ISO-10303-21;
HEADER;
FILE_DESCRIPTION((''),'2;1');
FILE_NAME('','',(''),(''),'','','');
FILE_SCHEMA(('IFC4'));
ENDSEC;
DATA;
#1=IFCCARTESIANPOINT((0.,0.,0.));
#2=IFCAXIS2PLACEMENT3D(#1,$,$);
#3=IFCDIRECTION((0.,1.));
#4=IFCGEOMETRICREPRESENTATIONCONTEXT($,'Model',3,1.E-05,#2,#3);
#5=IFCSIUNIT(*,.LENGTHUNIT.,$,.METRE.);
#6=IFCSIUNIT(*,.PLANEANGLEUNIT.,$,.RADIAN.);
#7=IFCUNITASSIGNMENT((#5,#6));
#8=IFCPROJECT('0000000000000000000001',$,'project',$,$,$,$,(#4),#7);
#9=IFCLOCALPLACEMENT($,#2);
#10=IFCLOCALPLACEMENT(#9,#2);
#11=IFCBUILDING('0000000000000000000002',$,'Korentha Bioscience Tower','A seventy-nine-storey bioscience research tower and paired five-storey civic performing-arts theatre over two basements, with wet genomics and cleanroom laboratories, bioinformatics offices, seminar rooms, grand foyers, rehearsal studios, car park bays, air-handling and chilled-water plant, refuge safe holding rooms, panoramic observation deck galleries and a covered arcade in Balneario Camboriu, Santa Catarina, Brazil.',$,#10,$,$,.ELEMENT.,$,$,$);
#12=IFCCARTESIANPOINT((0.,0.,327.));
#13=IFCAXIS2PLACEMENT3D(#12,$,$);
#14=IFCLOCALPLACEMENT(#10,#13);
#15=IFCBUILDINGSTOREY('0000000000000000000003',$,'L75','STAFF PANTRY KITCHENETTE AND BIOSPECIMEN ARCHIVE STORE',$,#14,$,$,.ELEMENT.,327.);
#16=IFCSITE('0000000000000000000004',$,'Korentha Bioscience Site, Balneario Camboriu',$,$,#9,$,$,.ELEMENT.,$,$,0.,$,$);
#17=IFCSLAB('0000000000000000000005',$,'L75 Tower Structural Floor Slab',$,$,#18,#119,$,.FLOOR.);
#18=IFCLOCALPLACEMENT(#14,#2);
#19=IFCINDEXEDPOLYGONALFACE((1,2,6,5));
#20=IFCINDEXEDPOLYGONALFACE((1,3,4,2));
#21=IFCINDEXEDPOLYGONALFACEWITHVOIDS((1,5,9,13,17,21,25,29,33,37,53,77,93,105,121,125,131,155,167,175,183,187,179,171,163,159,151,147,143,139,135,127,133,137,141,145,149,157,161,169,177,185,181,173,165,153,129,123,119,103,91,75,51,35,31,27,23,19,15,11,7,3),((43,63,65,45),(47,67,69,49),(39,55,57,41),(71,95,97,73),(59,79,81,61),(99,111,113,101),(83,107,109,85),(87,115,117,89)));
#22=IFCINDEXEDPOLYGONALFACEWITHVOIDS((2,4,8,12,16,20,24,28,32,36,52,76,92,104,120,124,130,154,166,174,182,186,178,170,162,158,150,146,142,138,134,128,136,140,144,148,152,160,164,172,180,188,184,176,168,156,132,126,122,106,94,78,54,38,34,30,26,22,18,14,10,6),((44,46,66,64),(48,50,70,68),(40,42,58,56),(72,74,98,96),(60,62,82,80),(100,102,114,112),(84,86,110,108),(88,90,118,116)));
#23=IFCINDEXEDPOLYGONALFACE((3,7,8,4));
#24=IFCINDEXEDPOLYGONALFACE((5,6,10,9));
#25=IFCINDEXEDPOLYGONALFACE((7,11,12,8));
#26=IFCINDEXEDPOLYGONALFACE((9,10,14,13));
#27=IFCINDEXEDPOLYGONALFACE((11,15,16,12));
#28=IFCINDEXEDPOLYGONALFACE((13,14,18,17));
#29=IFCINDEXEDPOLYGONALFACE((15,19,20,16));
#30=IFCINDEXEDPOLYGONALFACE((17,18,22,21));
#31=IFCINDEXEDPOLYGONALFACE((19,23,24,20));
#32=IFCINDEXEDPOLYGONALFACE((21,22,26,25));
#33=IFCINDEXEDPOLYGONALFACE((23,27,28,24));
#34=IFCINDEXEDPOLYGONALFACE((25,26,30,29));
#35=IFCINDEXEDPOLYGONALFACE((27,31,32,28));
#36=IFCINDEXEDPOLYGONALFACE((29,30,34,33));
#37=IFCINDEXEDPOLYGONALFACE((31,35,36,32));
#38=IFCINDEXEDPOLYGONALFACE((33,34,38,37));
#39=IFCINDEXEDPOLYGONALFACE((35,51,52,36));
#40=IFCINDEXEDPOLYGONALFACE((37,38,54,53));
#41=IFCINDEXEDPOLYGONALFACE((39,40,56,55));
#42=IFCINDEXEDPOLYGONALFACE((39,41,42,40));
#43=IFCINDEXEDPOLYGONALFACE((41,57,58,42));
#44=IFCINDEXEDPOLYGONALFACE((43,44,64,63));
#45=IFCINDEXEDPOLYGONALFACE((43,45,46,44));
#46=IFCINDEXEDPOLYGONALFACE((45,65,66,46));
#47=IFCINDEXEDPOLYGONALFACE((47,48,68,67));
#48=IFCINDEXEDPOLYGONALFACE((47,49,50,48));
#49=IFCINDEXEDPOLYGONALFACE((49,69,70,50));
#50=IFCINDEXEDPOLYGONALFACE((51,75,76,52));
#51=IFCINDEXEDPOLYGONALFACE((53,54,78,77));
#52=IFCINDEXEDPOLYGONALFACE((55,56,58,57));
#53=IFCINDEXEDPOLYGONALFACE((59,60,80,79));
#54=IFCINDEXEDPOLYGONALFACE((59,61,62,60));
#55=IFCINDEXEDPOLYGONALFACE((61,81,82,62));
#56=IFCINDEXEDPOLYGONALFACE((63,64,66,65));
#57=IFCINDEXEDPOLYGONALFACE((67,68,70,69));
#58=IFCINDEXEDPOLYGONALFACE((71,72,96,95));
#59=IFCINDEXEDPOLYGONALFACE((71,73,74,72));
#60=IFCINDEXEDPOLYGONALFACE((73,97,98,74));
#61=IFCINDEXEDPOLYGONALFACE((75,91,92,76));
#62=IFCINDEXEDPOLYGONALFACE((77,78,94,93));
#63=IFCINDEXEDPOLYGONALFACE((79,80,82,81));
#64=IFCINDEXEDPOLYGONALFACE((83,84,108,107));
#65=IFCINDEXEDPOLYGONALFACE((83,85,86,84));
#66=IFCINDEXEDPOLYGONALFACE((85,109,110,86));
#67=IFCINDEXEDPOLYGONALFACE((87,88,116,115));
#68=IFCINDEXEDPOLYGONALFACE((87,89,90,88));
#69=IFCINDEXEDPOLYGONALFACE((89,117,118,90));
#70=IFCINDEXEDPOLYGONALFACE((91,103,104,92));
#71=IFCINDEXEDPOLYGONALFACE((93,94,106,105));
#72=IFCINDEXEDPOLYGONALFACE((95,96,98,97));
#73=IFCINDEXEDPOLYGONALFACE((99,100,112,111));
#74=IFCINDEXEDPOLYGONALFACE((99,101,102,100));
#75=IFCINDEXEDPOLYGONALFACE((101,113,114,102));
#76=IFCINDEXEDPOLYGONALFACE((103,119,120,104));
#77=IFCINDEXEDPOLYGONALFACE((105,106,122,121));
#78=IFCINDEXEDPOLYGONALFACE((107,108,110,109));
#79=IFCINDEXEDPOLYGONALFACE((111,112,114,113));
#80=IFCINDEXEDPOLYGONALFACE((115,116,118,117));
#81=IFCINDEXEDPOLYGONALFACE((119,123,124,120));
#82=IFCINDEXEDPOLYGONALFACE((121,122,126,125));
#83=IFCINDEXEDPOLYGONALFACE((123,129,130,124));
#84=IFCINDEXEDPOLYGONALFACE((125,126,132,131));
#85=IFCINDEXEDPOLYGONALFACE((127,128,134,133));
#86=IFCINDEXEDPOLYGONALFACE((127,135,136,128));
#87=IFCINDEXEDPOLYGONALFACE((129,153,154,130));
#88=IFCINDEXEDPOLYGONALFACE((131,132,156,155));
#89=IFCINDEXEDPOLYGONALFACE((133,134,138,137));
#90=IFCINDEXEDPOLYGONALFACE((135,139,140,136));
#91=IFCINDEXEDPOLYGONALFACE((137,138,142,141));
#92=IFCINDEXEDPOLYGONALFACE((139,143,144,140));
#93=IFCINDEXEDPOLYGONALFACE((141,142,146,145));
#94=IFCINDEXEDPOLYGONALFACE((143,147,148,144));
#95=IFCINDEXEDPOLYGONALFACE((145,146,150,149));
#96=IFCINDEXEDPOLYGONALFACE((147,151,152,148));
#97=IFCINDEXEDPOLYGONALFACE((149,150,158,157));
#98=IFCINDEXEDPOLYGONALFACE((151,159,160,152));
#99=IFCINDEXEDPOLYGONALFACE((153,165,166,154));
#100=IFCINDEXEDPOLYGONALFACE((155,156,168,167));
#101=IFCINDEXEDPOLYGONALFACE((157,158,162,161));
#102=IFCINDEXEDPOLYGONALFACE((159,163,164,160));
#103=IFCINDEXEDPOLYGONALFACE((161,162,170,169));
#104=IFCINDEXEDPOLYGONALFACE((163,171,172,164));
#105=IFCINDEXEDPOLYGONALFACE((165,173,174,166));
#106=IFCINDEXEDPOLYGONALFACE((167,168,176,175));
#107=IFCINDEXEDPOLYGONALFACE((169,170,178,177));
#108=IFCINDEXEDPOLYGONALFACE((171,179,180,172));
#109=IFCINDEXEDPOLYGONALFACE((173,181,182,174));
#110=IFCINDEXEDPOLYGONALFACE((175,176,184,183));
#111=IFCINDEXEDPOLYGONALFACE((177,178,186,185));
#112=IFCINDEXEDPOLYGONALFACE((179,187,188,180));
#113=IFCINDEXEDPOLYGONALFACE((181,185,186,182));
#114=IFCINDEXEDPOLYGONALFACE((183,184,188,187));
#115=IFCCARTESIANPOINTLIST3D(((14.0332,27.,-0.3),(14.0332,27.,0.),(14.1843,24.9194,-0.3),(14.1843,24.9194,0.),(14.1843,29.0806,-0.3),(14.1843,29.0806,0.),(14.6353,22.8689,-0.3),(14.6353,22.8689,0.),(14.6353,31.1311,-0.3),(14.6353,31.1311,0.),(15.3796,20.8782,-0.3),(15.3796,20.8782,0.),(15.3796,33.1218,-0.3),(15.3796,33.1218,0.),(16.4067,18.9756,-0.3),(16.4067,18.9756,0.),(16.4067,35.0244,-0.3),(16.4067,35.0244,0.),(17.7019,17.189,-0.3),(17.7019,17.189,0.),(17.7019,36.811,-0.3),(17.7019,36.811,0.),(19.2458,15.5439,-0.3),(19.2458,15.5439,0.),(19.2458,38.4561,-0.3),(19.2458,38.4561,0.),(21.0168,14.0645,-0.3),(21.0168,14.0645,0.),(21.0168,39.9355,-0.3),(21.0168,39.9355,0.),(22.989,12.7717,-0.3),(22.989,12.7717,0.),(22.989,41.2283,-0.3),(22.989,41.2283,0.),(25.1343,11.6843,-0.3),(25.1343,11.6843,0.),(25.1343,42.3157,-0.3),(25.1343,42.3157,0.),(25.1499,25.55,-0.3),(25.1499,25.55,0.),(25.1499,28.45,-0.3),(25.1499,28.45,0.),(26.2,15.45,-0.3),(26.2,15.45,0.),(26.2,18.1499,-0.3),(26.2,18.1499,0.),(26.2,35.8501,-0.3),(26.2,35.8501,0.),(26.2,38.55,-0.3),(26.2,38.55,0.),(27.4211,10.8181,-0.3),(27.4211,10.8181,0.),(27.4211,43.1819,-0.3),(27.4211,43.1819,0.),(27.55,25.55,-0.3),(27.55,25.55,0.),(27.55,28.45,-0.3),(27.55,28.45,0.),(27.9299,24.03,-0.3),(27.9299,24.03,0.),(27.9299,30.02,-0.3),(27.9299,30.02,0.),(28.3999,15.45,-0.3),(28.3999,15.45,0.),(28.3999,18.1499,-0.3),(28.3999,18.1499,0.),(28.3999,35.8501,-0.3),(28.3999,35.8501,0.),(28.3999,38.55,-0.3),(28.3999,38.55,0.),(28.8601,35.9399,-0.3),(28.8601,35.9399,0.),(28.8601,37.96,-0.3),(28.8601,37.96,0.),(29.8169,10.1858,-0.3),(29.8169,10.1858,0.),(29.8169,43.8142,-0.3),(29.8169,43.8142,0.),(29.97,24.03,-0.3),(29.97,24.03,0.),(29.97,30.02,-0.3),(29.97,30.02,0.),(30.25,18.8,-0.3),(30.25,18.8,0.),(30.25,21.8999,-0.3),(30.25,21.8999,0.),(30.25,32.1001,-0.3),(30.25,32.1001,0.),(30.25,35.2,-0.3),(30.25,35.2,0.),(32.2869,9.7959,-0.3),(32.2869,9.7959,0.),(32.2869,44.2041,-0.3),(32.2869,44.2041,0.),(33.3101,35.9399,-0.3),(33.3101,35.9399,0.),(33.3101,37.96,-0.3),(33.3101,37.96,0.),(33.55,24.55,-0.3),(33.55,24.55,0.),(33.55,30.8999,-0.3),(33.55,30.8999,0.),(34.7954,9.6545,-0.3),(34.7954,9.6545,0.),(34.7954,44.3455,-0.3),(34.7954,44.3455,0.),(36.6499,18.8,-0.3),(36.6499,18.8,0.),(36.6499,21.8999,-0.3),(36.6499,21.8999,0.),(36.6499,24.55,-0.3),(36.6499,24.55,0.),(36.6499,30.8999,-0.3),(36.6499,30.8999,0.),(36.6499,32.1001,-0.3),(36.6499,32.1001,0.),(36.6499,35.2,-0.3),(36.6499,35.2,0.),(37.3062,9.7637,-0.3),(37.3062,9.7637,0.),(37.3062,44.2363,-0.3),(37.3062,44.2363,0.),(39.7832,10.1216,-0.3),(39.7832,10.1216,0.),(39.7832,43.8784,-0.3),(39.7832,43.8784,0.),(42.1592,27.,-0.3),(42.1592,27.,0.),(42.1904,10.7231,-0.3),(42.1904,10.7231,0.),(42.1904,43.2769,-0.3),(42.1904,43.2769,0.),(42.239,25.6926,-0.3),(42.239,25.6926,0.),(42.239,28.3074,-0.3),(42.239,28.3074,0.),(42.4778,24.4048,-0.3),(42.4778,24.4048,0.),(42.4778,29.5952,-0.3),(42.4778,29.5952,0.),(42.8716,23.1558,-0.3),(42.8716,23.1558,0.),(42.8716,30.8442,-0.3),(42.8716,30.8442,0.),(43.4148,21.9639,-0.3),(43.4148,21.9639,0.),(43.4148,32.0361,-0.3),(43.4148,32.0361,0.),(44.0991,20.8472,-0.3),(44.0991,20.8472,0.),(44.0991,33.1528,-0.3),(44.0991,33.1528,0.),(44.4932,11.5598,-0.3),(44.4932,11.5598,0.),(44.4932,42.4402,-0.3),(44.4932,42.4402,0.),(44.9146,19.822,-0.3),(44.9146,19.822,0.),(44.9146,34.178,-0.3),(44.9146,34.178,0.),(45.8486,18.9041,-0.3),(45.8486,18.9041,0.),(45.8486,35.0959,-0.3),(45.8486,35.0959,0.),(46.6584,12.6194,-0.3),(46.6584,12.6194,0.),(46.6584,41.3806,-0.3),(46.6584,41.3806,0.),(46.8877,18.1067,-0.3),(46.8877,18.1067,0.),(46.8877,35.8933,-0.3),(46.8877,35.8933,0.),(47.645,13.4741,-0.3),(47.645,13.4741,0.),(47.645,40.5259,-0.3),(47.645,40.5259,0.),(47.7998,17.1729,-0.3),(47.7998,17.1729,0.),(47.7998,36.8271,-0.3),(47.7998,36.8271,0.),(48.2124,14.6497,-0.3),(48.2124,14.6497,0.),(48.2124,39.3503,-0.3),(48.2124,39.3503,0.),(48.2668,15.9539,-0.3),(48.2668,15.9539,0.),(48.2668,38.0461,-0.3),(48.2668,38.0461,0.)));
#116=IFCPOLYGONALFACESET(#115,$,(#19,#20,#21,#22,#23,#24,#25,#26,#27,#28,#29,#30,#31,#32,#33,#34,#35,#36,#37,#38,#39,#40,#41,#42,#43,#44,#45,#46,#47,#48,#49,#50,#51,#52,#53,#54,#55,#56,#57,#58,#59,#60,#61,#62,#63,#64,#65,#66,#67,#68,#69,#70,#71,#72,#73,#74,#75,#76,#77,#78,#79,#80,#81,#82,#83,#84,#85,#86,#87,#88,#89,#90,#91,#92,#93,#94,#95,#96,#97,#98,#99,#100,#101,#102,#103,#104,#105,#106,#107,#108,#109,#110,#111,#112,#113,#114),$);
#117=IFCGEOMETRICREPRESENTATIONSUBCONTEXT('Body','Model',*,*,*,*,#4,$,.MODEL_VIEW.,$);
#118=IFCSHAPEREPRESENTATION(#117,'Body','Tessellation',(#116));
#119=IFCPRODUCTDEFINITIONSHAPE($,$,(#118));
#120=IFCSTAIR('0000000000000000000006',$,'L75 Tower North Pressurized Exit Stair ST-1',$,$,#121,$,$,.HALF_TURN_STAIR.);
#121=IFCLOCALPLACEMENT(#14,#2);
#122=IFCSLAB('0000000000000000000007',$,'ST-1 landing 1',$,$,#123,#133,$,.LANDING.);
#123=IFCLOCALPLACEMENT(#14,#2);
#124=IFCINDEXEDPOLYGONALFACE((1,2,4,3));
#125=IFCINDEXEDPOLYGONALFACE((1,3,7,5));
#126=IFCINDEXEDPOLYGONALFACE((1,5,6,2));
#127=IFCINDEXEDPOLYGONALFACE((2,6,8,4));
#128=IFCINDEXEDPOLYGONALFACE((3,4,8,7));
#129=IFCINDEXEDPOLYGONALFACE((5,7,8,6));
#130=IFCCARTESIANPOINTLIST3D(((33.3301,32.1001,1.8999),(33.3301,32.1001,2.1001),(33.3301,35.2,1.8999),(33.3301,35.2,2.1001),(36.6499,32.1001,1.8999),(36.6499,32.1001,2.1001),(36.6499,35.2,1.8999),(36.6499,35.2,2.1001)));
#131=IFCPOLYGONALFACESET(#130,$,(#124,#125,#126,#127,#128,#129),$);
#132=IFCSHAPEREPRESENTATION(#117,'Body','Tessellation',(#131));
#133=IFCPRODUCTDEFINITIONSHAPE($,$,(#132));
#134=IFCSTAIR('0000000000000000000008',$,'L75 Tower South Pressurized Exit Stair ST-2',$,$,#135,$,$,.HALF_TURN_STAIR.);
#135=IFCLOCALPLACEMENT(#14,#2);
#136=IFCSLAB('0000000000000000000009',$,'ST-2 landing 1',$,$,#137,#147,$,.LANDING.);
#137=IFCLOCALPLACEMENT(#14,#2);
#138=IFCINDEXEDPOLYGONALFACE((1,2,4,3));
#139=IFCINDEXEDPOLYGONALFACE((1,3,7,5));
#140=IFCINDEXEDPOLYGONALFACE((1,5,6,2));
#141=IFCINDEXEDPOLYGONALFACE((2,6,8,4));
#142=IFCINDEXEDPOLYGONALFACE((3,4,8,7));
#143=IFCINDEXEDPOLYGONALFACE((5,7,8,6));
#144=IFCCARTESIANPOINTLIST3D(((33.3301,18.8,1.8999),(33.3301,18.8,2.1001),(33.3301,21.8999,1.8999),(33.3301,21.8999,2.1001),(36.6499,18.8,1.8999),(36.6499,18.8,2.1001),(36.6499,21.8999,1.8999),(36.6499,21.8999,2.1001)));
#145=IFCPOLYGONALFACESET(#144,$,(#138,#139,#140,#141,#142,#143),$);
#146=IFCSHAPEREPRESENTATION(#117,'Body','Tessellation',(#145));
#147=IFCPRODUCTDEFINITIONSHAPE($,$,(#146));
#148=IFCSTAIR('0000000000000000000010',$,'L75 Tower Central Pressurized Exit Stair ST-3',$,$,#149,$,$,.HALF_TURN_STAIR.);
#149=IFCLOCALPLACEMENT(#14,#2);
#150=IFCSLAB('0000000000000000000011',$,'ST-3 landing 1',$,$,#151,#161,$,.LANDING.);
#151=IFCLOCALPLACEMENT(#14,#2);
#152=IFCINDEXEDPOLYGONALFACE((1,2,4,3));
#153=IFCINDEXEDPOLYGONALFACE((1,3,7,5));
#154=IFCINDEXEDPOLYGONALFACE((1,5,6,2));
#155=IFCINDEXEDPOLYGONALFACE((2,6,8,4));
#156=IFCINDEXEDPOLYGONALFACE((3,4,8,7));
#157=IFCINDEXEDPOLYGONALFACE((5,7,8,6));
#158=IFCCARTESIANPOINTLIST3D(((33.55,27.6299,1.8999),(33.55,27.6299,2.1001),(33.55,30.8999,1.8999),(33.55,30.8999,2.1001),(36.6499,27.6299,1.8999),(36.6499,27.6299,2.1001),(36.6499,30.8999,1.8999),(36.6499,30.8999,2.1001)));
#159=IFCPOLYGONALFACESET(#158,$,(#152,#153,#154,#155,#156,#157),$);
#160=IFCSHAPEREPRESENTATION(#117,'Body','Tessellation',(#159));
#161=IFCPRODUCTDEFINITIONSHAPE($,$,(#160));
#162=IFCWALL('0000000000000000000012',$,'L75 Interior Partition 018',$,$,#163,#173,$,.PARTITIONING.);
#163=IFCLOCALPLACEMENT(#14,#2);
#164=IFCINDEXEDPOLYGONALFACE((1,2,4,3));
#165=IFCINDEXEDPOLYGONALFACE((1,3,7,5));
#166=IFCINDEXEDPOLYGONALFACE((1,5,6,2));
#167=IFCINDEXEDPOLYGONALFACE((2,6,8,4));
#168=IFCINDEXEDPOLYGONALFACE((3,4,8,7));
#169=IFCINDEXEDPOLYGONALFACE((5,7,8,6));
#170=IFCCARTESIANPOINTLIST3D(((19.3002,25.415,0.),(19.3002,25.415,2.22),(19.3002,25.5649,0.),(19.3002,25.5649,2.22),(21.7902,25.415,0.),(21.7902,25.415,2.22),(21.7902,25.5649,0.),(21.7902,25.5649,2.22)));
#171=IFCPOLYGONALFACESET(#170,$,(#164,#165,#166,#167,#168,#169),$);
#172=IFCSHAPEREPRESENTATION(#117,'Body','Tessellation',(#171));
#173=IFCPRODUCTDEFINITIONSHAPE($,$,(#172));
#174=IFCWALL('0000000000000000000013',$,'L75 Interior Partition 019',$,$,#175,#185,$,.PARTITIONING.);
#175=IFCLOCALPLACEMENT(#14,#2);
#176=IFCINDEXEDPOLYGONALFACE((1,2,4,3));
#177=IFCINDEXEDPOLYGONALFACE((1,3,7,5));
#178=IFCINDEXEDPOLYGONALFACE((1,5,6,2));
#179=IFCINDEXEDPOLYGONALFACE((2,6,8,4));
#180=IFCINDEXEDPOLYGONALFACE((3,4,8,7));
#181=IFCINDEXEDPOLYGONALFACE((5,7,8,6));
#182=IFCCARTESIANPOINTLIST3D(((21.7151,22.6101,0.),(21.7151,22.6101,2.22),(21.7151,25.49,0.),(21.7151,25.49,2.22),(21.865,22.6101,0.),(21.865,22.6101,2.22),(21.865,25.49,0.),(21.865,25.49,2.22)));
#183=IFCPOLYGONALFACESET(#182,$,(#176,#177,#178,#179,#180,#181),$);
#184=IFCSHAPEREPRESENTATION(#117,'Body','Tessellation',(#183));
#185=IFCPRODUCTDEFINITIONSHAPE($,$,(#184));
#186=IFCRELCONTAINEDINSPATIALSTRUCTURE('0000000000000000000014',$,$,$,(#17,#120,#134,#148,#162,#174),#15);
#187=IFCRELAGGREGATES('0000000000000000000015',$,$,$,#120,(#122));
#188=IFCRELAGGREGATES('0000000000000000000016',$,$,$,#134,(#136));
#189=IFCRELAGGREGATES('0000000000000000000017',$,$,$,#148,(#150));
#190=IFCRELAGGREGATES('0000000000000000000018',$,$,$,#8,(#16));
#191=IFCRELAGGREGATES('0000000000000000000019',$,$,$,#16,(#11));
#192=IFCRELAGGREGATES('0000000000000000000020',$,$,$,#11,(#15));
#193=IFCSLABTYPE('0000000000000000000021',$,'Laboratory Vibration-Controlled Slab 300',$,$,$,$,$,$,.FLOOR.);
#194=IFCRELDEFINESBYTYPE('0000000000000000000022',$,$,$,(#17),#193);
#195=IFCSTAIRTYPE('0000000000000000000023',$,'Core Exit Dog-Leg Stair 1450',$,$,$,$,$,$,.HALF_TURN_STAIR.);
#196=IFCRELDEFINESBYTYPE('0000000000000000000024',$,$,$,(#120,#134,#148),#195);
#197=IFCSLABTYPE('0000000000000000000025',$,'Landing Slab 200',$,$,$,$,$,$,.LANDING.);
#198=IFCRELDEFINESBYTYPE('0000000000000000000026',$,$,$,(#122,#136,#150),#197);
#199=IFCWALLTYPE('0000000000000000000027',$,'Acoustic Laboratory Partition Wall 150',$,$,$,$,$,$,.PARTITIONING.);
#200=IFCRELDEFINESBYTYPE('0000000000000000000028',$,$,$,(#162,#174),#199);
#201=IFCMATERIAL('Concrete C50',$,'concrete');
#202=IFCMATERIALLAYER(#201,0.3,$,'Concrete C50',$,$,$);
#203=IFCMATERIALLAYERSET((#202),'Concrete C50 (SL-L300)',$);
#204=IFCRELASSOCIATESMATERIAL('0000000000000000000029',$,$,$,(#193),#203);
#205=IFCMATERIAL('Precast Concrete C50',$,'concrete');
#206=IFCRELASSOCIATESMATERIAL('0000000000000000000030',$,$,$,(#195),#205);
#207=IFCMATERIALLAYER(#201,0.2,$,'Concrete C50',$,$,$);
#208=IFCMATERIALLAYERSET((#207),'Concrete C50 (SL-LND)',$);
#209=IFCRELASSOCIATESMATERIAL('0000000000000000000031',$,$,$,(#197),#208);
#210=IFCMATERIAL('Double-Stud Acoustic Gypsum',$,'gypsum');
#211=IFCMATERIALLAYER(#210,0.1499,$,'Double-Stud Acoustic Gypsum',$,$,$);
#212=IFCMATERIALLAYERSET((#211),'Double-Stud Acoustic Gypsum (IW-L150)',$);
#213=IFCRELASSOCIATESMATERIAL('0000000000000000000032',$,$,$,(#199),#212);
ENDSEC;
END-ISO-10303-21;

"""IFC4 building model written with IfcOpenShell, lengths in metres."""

from ifc_helpers import new_model, si_unit, direction, frame, frame_2d, origin, place, context, subcontext, project, spatial, polyline, rectangle, outline, extrude, material, layer, layer_set, type_object, element, aggregate, save


model = new_model("IFC4")

# Units and contexts
model_context = context("Model", 3, precision=1e-05, world=origin(), true_north=direction((0.0, 1.0)))
body_context = subcontext(model_context, "Body", "Model", "MODEL_VIEW")
ifc_project = project(units=[si_unit("LENGTHUNIT", "METRE"), si_unit("PLANEANGLEUNIT", "RADIAN")], contexts=[model_context])

# Site, building, storey
site_placement = place(None, origin())
site = spatial("IfcSite", under=ifc_project, at=site_placement, Name="Korentha Bioscience Site, Balneario Camboriu", CompositionType="ELEMENT", RefElevation=0.0)
building_placement = place(site_placement, origin())
building = spatial("IfcBuilding", under=site, at=building_placement, Name="Korentha Bioscience Tower", Description="A seventy-nine-storey bioscience research tower and paired five-storey civic performing-arts theatre over two basements, with wet genomics and cleanroom laboratories, bioinformatics offices, seminar rooms, grand foyers, rehearsal studios, car park bays, air-handling and chilled-water plant, refuge safe holding rooms, panoramic observation deck galleries and a covered arcade in Balneario Camboriu, Santa Catarina, Brazil.", CompositionType="ELEMENT")
storey_placement = place(building_placement, frame((0.0, 0.0, 327.0)))
storey = spatial("IfcBuildingStorey", under=building, at=storey_placement, Name="L75", Description="STAFF PANTRY KITCHENETTE AND BIOSPECIMEN ARCHIVE STORE", CompositionType="ELEMENT", Elevation=327.0)

# Shared definitions
ifc_material_1 = material(Name="Concrete C50", Category="concrete")

# Slab
ifc_layer_1 = layer(ifc_material_1, 0.3, Name="Concrete C50")
ifc_layer_set_1 = layer_set([ifc_layer_1], Name="Concrete C50 (SL-L300)")
slab_type_1 = type_object("IfcSlabType", Name="Laboratory Vibration-Controlled Slab 300", PredefinedType="FLOOR", material=ifc_layer_set_1)
slab_1_placement = place(storey_placement, frame((0.0, 0.0, -0.3)))
element("IfcSlab", 1, at=slab_1_placement, inside=storey, type_object=slab_type_1, Name="L75 Tower Structural Floor Slab", PredefinedType="FLOOR", context=body_context, shape_type="SweptSolid", body=[
    extrude(outline(polyline([(46.6584, 41.3806), (44.4932, 42.4402), (42.1904, 43.2769), (39.7832, 43.8784), (37.3062, 44.2363), (34.7954, 44.3455), (32.2869, 44.2041), (29.8169, 43.8142), (27.4211, 43.1819), (25.1343, 42.3157), (22.989, 41.2283), (21.0168, 39.9355), (19.2458, 38.4561), (17.7019, 36.811), (16.4067, 35.0244), (15.3796, 33.1218), (14.6353, 31.1311), (14.1843, 29.0806), (14.0332, 27.0), (14.1843, 24.9194), (14.6353, 22.8689), (15.3796, 20.8782), (16.4067, 18.9756), (17.7019, 17.189), (19.2458, 15.5439), (21.0168, 14.0645), (22.989, 12.7717), (25.1343, 11.6843), (27.4211, 10.8181), (29.8169, 10.1858), (32.2869, 9.7959), (34.7954, 9.6545), (37.3062, 9.7637), (39.7832, 10.1216), (42.1904, 10.7231), (44.4932, 11.5598), (46.6584, 12.6194), (47.645, 13.4741), (48.2124, 14.6497), (48.2668, 15.9539), (47.7998, 17.1729), (46.8877, 18.1067), (45.8486, 18.9041), (44.9146, 19.822), (44.0991, 20.8472), (43.4148, 21.9639), (42.8716, 23.1558), (42.4778, 24.4048), (42.239, 25.6926), (42.1592, 27.0), (42.239, 28.3074), (42.4778, 29.5952), (42.8716, 30.8442), (43.4148, 32.0361), (44.0991, 33.1528), (44.9146, 34.178), (45.8486, 35.0959), (46.8877, 35.8933), (47.7998, 36.8271), (48.2668, 38.0461), (48.2124, 39.3503), (47.645, 40.5259), (46.6584, 41.3806)]), holes=[polyline([(30.25, 32.1001), (36.6499, 32.1001), (36.6499, 35.2), (30.25, 35.2), (30.25, 32.1001)]), polyline([(30.25, 18.8), (36.6499, 18.8), (36.6499, 21.8999), (30.25, 21.8999), (30.25, 18.8)]), polyline([(36.6499, 24.55), (36.6499, 30.8999), (33.55, 30.8999), (33.55, 24.55), (36.6499, 24.55)]), polyline([(27.9299, 24.03), (29.97, 24.03), (29.97, 30.02), (27.9299, 30.02), (27.9299, 24.03)]), polyline([(28.8601, 35.9399), (33.3101, 35.9399), (33.3101, 37.96), (28.8601, 37.96), (28.8601, 35.9399)]), polyline([(26.2, 15.45), (28.3999, 15.45), (28.3999, 18.1499), (26.2, 18.1499), (26.2, 15.45)]), polyline([(26.2, 35.8501), (28.3999, 35.8501), (28.3999, 38.55), (26.2, 38.55), (26.2, 35.8501)]), polyline([(25.1499, 25.55), (27.55, 25.55), (27.55, 28.45), (25.1499, 28.45), (25.1499, 25.55)])]), origin(), (0.0, 0.0, 1.0), 0.3),
])

# Stairs, slabs
ifc_material_2 = material(Name="Precast Concrete C50", Category="concrete")
stair_type = type_object("IfcStairType", Name="Core Exit Dog-Leg Stair 1450", PredefinedType="HALF_TURN_STAIR", material=ifc_material_2)
stair_1_placement = place(storey_placement, origin())
stair_1 = element("IfcStair", 2, at=stair_1_placement, inside=storey, type_object=stair_type, Name="L75 Tower North Pressurized Exit Stair ST-1", PredefinedType="HALF_TURN_STAIR")
ifc_layer_2 = layer(ifc_material_1, 0.2, Name="Concrete C50")
ifc_layer_set_2 = layer_set([ifc_layer_2], Name="Concrete C50 (SL-LND)")
slab_type_2 = type_object("IfcSlabType", Name="Landing Slab 200", PredefinedType="LANDING", material=ifc_layer_set_2)
slab_2_placement = place(storey_placement, frame((0.0, 0.0, 1.8999)))
slab_2 = element("IfcSlab", 3, at=slab_2_placement, type_object=slab_type_2, Name="ST-1 landing 1", PredefinedType="LANDING", context=body_context, shape_type="SweptSolid", body=[
    extrude(outline(polyline([(33.3301, 32.1001), (36.6499, 32.1001), (36.6499, 35.2), (33.3301, 35.2), (33.3301, 32.1001)])), origin(), (0.0, 0.0, 1.0), 0.2002),
])
aggregate(stair_1, [slab_2])
stair_2_placement = place(storey_placement, origin())
stair_2 = element("IfcStair", 4, at=stair_2_placement, inside=storey, type_object=stair_type, Name="L75 Tower South Pressurized Exit Stair ST-2", PredefinedType="HALF_TURN_STAIR")
slab_3_placement = place(storey_placement, frame((0.0, 0.0, 1.8999)))
slab_3 = element("IfcSlab", 5, at=slab_3_placement, type_object=slab_type_2, Name="ST-2 landing 1", PredefinedType="LANDING", context=body_context, shape_type="SweptSolid", body=[
    extrude(outline(polyline([(33.3301, 18.8), (36.6499, 18.8), (36.6499, 21.8999), (33.3301, 21.8999), (33.3301, 18.8)])), origin(), (0.0, 0.0, 1.0), 0.2002),
])
aggregate(stair_2, [slab_3])
stair_3_placement = place(storey_placement, origin())
stair_3 = element("IfcStair", 6, at=stair_3_placement, inside=storey, type_object=stair_type, Name="L75 Tower Central Pressurized Exit Stair ST-3", PredefinedType="HALF_TURN_STAIR")
slab_4_placement = place(storey_placement, frame((0.0, 0.0, 1.8999)))
slab_4 = element("IfcSlab", 7, at=slab_4_placement, type_object=slab_type_2, Name="ST-3 landing 1", PredefinedType="LANDING", context=body_context, shape_type="SweptSolid", body=[
    extrude(outline(polyline([(36.6499, 27.6299), (36.6499, 30.8999), (33.55, 30.8999), (33.55, 27.6299), (36.6499, 27.6299)])), origin(), (0.0, 0.0, 1.0), 0.2002),
])
aggregate(stair_3, [slab_4])

# Shared definitions
ifc_material_3 = material(Name="Double-Stud Acoustic Gypsum", Category="gypsum")
ifc_layer_3 = layer(ifc_material_3, 0.1499, Name="Double-Stud Acoustic Gypsum")
ifc_layer_set_3 = layer_set([ifc_layer_3], Name="Double-Stud Acoustic Gypsum (IW-L150)")
wall_type_1 = type_object("IfcWallType", Name="Acoustic Laboratory Partition Wall 150", PredefinedType="PARTITIONING", material=ifc_layer_set_3)

# Walls
wall_1_placement = place(storey_placement, frame((19.3, 25.49, 0.0), z_axis=(0.0, 0.0, 1.0), x_axis=(1.0, 0.0, 0.0)))
element("IfcWall", 8, at=wall_1_placement, inside=storey, type_object=wall_type_1, Name="L75 Interior Partition 018", PredefinedType="PARTITIONING", context=body_context, shape_type="SweptSolid", body=[
    extrude(rectangle(XDim=2.49, YDim=0.1499, at=frame_2d((1.2451, 0.0))), origin(), (0.0, 0.0, 1.0), 2.22),
])
wall_2_placement = place(storey_placement, frame((21.79, 25.49, 0.0), z_axis=(0.0, 0.0, 1.0), x_axis=(0.0, -1.0, 0.0)))
element("IfcWall", 9, at=wall_2_placement, inside=storey, type_object=wall_type_1, Name="L75 Interior Partition 019", PredefinedType="PARTITIONING", context=body_context, shape_type="SweptSolid", body=[
    extrude(rectangle(XDim=2.8799, YDim=0.1499, at=frame_2d((1.4399, 0.0))), origin(), (0.0, 0.0, 1.0), 2.22),
])

save(model, "model.ifc")
